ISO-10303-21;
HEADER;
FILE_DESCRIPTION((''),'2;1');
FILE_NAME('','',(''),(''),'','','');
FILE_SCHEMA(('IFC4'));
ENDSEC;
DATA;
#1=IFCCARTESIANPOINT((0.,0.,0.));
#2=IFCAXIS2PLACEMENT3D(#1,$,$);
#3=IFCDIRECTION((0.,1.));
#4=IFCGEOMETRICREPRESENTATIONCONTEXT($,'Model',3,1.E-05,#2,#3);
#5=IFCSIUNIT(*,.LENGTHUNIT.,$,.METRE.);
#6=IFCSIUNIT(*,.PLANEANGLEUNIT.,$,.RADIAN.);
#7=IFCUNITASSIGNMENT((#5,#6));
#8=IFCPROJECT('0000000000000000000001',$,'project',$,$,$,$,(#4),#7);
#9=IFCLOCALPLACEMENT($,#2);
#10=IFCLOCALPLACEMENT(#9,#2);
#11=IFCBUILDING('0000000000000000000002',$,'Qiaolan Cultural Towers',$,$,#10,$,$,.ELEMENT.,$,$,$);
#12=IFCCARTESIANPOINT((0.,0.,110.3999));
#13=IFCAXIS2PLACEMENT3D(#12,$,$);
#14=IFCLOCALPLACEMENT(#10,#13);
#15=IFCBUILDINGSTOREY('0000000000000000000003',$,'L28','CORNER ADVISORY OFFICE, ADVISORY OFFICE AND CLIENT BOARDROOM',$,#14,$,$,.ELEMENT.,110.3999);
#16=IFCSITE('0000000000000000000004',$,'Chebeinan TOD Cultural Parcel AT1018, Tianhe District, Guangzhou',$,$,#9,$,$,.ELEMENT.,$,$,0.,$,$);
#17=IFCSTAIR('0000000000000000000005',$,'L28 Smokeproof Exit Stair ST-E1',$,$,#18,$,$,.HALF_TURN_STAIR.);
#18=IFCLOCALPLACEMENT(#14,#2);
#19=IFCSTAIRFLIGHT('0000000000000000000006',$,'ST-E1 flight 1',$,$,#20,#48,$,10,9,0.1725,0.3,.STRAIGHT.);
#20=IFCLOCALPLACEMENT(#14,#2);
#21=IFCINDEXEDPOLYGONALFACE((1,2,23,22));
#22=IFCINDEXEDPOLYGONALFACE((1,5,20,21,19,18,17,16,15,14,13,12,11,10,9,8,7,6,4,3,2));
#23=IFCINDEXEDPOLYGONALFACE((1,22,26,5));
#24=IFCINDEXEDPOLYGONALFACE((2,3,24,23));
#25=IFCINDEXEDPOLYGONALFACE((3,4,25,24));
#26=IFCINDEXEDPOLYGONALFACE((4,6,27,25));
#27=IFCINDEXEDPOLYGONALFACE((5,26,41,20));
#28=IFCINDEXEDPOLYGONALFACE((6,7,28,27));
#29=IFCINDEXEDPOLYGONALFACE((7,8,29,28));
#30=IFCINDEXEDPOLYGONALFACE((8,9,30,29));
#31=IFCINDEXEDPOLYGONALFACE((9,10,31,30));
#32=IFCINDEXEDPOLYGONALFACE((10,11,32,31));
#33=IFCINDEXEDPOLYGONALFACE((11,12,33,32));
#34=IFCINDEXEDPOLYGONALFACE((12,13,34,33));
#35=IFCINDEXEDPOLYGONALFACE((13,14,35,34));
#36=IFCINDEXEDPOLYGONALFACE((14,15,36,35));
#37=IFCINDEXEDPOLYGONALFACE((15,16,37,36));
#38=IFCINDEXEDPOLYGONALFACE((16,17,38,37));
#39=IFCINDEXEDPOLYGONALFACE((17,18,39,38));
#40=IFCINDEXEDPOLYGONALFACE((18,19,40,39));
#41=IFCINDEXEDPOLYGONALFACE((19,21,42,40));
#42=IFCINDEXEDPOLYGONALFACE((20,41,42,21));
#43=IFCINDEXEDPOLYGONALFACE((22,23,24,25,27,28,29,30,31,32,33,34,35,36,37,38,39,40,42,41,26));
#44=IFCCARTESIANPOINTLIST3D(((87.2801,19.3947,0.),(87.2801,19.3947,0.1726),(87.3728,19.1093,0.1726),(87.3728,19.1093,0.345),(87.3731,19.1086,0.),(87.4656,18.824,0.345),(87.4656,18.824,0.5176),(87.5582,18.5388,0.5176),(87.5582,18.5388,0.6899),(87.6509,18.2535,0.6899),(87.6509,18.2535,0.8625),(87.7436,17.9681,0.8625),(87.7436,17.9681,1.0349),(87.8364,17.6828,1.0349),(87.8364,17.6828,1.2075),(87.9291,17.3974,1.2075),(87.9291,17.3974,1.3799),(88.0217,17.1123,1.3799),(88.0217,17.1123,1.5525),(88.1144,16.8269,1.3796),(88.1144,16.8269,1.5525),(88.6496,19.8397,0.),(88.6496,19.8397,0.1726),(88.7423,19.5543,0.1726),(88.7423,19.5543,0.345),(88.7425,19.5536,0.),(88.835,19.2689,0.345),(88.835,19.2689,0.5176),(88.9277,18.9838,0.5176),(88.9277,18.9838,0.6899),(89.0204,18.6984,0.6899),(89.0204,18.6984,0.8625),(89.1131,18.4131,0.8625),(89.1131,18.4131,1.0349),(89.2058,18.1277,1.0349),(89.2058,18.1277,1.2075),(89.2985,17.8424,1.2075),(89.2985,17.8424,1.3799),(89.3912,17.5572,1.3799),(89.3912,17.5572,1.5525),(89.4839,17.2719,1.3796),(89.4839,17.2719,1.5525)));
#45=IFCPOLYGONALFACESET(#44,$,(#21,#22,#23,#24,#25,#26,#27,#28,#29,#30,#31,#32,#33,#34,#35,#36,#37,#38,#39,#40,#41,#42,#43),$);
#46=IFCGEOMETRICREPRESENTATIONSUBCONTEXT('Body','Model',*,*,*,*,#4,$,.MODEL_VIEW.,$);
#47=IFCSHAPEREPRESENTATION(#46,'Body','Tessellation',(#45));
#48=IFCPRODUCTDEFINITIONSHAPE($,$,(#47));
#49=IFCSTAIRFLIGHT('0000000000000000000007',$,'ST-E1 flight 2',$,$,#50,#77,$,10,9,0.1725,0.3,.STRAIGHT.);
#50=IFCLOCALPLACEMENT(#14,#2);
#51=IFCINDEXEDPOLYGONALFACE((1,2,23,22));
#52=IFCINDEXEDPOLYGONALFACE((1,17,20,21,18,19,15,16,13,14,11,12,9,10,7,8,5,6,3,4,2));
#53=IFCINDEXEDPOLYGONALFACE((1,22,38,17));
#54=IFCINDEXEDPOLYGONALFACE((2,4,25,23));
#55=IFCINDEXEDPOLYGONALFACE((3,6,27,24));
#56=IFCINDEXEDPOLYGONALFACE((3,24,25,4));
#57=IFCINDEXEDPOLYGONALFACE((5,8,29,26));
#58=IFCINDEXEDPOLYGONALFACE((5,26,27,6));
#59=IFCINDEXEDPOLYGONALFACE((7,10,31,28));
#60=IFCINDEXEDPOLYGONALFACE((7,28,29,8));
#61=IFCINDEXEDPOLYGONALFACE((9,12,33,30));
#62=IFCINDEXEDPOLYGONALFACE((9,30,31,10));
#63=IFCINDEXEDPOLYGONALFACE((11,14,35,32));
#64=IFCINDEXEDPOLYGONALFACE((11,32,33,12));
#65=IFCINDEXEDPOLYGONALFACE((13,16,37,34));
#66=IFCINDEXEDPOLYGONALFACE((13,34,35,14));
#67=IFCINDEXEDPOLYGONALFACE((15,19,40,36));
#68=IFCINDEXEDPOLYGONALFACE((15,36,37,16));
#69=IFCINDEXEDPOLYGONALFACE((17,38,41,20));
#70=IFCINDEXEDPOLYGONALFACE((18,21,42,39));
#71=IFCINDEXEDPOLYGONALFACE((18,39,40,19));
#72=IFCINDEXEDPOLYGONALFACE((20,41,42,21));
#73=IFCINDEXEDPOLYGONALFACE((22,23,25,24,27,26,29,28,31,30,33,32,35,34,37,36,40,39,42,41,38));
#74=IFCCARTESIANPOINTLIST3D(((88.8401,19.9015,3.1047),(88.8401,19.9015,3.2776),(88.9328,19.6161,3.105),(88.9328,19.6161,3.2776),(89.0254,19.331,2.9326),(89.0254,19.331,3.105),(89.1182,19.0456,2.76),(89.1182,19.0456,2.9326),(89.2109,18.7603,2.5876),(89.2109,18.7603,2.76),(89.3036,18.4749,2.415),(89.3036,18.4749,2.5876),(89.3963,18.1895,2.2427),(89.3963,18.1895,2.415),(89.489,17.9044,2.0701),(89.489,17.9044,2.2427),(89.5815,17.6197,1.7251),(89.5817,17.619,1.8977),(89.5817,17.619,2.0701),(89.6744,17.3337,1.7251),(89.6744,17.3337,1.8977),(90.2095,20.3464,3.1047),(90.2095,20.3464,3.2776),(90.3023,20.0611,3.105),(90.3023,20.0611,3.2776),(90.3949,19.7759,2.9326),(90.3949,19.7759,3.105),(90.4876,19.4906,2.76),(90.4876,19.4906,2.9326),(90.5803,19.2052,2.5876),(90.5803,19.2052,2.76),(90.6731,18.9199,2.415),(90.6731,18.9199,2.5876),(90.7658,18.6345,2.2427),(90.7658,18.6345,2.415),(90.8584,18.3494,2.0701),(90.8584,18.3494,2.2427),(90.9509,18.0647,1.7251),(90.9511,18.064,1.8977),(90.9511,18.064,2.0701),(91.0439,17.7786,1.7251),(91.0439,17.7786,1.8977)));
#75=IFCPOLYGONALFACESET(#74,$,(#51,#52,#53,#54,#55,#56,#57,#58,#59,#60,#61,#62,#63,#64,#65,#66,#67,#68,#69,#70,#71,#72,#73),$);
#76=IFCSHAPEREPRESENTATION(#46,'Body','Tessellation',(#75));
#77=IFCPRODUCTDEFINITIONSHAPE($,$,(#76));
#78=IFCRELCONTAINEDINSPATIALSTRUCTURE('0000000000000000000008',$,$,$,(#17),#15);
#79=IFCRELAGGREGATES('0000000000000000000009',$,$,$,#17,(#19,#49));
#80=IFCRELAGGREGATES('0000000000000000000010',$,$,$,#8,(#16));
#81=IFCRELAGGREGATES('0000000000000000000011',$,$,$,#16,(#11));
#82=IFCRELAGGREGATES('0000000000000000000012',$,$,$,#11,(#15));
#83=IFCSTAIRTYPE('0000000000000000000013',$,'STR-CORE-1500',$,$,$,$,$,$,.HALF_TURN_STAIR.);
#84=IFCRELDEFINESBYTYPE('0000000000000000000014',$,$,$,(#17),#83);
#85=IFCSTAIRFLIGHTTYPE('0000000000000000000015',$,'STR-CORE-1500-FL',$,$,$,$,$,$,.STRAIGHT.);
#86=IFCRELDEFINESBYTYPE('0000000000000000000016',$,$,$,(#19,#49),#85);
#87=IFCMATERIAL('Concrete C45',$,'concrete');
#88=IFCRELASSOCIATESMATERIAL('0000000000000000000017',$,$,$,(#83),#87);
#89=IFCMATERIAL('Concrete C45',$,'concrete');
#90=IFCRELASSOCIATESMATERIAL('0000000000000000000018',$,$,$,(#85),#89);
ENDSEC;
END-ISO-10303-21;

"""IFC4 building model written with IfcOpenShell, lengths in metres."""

from ifc_helpers import new_model, si_unit, direction, frame, origin, place, context, subcontext, project, spatial, polyline, outline, extrude, material, type_object, element, aggregate, save


model = new_model("IFC4")

# Units and contexts
model_context = context("Model", 3, precision=1e-05, world=origin(), true_north=direction((0.0, 1.0)))
body_context = subcontext(model_context, "Body", "Model", "MODEL_VIEW")
ifc_project = project(units=[si_unit("LENGTHUNIT", "METRE"), si_unit("PLANEANGLEUNIT", "RADIAN")], contexts=[model_context])

# Site, building, storey
site_placement = place(None, origin())
site = spatial("IfcSite", under=ifc_project, at=site_placement, Name="Chebeinan TOD Cultural Parcel AT1018, Tianhe District, Guangzhou", CompositionType="ELEMENT", RefElevation=0.0)
building_placement = place(site_placement, origin())
building = spatial("IfcBuilding", under=site, at=building_placement, Name="Qiaolan Cultural Towers", CompositionType="ELEMENT")
storey_placement = place(building_placement, frame((0.0, 0.0, 110.3999)))
storey = spatial("IfcBuildingStorey", under=building, at=storey_placement, Name="L28", Description="CORNER ADVISORY OFFICE, ADVISORY OFFICE AND CLIENT BOARDROOM", CompositionType="ELEMENT", Elevation=110.3999)

# Stair, stair flights
ifc_material_1 = material(Name="Concrete C45", Category="concrete")
stair_type = type_object("IfcStairType", Name="STR-CORE-1500", PredefinedType="HALF_TURN_STAIR", material=ifc_material_1)
stair_placement = place(storey_placement, origin())
stair = element("IfcStair", 1, at=stair_placement, inside=storey, type_object=stair_type, Name="L28 Smokeproof Exit Stair ST-E1", PredefinedType="HALF_TURN_STAIR")
ifc_material_2 = material(Name="Concrete C45", Category="concrete")
stair_flight_type = type_object("IfcStairFlightType", Name="STR-CORE-1500-FL", PredefinedType="STRAIGHT", material=ifc_material_2)
stair_flight_1_placement = place(storey_placement, frame((87.9648, 19.6172, 0.0), z_axis=(0.0, 0.0, 1.0), x_axis=(0.309017, -0.951057, 0.0)))
stair_flight_1 = element("IfcStairFlight", 2, at=stair_flight_1_placement, type_object=stair_flight_type, Name="ST-E1 flight 1", NumberOfRisers=10, NumberOfTreads=9, PredefinedType="STRAIGHT", RiserHeight=0.1725, TreadLength=0.3, context=body_context, shape_type="SweptSolid", body=[
    extrude(outline(polyline([(0.0, 0.0), (0.0, 0.1726), (0.3, 0.1726), (0.3, 0.345), (0.6001, 0.345), (0.6001, 0.5176), (0.8999, 0.5176), (0.8999, 0.6899), (1.2, 0.6899), (1.2, 0.8625), (1.5, 0.8625), (1.5, 1.0349), (1.8, 1.0349), (1.8, 1.2075), (2.1001, 1.2075), (2.1001, 1.3799), (2.3999, 1.3799), (2.3999, 1.5525), (2.7, 1.5525), (2.7, 1.7251), (2.7, 1.3796), (0.3008, 0.0), (0.0, 0.0)])), frame((0.0, 0.72, 0.0), z_axis=(0.0, -1.0, 0.0), x_axis=(1.0, 0.0, 0.0)), (0.0, 0.0, 1.0), 1.4399),
])
stair_flight_2_placement = place(storey_placement, frame((90.3591, 17.5562, 1.7251), z_axis=(0.0, 0.0, 1.0), x_axis=(-0.309017, 0.951057, 0.0)))
stair_flight_2 = element("IfcStairFlight", 3, at=stair_flight_2_placement, type_object=stair_flight_type, Name="ST-E1 flight 2", NumberOfRisers=10, NumberOfTreads=9, PredefinedType="STRAIGHT", RiserHeight=0.1725, TreadLength=0.3, context=body_context, shape_type="SweptSolid", body=[
    extrude(outline(polyline([(0.0, 0.0), (0.0, 0.1726), (0.3, 0.1726), (0.3, 0.345), (0.6001, 0.345), (0.6001, 0.5176), (0.8999, 0.5176), (0.8999, 0.6899), (1.2, 0.6899), (1.2, 0.8625), (1.5, 0.8625), (1.5, 1.0349), (1.8, 1.0349), (1.8, 1.2075), (2.1001, 1.2075), (2.1001, 1.3799), (2.3999, 1.3799), (2.3999, 1.5525), (2.7, 1.5525), (2.7, 1.7251), (2.7, 1.3796), (0.3008, 0.0), (0.0, 0.0)])), frame((0.0, 0.72, 0.0), z_axis=(0.0, -1.0, 0.0), x_axis=(1.0, 0.0, 0.0)), (0.0, 0.0, 1.0), 1.4399),
])
aggregate(stair, [stair_flight_1, stair_flight_2])

save(model, "model.ifc")
